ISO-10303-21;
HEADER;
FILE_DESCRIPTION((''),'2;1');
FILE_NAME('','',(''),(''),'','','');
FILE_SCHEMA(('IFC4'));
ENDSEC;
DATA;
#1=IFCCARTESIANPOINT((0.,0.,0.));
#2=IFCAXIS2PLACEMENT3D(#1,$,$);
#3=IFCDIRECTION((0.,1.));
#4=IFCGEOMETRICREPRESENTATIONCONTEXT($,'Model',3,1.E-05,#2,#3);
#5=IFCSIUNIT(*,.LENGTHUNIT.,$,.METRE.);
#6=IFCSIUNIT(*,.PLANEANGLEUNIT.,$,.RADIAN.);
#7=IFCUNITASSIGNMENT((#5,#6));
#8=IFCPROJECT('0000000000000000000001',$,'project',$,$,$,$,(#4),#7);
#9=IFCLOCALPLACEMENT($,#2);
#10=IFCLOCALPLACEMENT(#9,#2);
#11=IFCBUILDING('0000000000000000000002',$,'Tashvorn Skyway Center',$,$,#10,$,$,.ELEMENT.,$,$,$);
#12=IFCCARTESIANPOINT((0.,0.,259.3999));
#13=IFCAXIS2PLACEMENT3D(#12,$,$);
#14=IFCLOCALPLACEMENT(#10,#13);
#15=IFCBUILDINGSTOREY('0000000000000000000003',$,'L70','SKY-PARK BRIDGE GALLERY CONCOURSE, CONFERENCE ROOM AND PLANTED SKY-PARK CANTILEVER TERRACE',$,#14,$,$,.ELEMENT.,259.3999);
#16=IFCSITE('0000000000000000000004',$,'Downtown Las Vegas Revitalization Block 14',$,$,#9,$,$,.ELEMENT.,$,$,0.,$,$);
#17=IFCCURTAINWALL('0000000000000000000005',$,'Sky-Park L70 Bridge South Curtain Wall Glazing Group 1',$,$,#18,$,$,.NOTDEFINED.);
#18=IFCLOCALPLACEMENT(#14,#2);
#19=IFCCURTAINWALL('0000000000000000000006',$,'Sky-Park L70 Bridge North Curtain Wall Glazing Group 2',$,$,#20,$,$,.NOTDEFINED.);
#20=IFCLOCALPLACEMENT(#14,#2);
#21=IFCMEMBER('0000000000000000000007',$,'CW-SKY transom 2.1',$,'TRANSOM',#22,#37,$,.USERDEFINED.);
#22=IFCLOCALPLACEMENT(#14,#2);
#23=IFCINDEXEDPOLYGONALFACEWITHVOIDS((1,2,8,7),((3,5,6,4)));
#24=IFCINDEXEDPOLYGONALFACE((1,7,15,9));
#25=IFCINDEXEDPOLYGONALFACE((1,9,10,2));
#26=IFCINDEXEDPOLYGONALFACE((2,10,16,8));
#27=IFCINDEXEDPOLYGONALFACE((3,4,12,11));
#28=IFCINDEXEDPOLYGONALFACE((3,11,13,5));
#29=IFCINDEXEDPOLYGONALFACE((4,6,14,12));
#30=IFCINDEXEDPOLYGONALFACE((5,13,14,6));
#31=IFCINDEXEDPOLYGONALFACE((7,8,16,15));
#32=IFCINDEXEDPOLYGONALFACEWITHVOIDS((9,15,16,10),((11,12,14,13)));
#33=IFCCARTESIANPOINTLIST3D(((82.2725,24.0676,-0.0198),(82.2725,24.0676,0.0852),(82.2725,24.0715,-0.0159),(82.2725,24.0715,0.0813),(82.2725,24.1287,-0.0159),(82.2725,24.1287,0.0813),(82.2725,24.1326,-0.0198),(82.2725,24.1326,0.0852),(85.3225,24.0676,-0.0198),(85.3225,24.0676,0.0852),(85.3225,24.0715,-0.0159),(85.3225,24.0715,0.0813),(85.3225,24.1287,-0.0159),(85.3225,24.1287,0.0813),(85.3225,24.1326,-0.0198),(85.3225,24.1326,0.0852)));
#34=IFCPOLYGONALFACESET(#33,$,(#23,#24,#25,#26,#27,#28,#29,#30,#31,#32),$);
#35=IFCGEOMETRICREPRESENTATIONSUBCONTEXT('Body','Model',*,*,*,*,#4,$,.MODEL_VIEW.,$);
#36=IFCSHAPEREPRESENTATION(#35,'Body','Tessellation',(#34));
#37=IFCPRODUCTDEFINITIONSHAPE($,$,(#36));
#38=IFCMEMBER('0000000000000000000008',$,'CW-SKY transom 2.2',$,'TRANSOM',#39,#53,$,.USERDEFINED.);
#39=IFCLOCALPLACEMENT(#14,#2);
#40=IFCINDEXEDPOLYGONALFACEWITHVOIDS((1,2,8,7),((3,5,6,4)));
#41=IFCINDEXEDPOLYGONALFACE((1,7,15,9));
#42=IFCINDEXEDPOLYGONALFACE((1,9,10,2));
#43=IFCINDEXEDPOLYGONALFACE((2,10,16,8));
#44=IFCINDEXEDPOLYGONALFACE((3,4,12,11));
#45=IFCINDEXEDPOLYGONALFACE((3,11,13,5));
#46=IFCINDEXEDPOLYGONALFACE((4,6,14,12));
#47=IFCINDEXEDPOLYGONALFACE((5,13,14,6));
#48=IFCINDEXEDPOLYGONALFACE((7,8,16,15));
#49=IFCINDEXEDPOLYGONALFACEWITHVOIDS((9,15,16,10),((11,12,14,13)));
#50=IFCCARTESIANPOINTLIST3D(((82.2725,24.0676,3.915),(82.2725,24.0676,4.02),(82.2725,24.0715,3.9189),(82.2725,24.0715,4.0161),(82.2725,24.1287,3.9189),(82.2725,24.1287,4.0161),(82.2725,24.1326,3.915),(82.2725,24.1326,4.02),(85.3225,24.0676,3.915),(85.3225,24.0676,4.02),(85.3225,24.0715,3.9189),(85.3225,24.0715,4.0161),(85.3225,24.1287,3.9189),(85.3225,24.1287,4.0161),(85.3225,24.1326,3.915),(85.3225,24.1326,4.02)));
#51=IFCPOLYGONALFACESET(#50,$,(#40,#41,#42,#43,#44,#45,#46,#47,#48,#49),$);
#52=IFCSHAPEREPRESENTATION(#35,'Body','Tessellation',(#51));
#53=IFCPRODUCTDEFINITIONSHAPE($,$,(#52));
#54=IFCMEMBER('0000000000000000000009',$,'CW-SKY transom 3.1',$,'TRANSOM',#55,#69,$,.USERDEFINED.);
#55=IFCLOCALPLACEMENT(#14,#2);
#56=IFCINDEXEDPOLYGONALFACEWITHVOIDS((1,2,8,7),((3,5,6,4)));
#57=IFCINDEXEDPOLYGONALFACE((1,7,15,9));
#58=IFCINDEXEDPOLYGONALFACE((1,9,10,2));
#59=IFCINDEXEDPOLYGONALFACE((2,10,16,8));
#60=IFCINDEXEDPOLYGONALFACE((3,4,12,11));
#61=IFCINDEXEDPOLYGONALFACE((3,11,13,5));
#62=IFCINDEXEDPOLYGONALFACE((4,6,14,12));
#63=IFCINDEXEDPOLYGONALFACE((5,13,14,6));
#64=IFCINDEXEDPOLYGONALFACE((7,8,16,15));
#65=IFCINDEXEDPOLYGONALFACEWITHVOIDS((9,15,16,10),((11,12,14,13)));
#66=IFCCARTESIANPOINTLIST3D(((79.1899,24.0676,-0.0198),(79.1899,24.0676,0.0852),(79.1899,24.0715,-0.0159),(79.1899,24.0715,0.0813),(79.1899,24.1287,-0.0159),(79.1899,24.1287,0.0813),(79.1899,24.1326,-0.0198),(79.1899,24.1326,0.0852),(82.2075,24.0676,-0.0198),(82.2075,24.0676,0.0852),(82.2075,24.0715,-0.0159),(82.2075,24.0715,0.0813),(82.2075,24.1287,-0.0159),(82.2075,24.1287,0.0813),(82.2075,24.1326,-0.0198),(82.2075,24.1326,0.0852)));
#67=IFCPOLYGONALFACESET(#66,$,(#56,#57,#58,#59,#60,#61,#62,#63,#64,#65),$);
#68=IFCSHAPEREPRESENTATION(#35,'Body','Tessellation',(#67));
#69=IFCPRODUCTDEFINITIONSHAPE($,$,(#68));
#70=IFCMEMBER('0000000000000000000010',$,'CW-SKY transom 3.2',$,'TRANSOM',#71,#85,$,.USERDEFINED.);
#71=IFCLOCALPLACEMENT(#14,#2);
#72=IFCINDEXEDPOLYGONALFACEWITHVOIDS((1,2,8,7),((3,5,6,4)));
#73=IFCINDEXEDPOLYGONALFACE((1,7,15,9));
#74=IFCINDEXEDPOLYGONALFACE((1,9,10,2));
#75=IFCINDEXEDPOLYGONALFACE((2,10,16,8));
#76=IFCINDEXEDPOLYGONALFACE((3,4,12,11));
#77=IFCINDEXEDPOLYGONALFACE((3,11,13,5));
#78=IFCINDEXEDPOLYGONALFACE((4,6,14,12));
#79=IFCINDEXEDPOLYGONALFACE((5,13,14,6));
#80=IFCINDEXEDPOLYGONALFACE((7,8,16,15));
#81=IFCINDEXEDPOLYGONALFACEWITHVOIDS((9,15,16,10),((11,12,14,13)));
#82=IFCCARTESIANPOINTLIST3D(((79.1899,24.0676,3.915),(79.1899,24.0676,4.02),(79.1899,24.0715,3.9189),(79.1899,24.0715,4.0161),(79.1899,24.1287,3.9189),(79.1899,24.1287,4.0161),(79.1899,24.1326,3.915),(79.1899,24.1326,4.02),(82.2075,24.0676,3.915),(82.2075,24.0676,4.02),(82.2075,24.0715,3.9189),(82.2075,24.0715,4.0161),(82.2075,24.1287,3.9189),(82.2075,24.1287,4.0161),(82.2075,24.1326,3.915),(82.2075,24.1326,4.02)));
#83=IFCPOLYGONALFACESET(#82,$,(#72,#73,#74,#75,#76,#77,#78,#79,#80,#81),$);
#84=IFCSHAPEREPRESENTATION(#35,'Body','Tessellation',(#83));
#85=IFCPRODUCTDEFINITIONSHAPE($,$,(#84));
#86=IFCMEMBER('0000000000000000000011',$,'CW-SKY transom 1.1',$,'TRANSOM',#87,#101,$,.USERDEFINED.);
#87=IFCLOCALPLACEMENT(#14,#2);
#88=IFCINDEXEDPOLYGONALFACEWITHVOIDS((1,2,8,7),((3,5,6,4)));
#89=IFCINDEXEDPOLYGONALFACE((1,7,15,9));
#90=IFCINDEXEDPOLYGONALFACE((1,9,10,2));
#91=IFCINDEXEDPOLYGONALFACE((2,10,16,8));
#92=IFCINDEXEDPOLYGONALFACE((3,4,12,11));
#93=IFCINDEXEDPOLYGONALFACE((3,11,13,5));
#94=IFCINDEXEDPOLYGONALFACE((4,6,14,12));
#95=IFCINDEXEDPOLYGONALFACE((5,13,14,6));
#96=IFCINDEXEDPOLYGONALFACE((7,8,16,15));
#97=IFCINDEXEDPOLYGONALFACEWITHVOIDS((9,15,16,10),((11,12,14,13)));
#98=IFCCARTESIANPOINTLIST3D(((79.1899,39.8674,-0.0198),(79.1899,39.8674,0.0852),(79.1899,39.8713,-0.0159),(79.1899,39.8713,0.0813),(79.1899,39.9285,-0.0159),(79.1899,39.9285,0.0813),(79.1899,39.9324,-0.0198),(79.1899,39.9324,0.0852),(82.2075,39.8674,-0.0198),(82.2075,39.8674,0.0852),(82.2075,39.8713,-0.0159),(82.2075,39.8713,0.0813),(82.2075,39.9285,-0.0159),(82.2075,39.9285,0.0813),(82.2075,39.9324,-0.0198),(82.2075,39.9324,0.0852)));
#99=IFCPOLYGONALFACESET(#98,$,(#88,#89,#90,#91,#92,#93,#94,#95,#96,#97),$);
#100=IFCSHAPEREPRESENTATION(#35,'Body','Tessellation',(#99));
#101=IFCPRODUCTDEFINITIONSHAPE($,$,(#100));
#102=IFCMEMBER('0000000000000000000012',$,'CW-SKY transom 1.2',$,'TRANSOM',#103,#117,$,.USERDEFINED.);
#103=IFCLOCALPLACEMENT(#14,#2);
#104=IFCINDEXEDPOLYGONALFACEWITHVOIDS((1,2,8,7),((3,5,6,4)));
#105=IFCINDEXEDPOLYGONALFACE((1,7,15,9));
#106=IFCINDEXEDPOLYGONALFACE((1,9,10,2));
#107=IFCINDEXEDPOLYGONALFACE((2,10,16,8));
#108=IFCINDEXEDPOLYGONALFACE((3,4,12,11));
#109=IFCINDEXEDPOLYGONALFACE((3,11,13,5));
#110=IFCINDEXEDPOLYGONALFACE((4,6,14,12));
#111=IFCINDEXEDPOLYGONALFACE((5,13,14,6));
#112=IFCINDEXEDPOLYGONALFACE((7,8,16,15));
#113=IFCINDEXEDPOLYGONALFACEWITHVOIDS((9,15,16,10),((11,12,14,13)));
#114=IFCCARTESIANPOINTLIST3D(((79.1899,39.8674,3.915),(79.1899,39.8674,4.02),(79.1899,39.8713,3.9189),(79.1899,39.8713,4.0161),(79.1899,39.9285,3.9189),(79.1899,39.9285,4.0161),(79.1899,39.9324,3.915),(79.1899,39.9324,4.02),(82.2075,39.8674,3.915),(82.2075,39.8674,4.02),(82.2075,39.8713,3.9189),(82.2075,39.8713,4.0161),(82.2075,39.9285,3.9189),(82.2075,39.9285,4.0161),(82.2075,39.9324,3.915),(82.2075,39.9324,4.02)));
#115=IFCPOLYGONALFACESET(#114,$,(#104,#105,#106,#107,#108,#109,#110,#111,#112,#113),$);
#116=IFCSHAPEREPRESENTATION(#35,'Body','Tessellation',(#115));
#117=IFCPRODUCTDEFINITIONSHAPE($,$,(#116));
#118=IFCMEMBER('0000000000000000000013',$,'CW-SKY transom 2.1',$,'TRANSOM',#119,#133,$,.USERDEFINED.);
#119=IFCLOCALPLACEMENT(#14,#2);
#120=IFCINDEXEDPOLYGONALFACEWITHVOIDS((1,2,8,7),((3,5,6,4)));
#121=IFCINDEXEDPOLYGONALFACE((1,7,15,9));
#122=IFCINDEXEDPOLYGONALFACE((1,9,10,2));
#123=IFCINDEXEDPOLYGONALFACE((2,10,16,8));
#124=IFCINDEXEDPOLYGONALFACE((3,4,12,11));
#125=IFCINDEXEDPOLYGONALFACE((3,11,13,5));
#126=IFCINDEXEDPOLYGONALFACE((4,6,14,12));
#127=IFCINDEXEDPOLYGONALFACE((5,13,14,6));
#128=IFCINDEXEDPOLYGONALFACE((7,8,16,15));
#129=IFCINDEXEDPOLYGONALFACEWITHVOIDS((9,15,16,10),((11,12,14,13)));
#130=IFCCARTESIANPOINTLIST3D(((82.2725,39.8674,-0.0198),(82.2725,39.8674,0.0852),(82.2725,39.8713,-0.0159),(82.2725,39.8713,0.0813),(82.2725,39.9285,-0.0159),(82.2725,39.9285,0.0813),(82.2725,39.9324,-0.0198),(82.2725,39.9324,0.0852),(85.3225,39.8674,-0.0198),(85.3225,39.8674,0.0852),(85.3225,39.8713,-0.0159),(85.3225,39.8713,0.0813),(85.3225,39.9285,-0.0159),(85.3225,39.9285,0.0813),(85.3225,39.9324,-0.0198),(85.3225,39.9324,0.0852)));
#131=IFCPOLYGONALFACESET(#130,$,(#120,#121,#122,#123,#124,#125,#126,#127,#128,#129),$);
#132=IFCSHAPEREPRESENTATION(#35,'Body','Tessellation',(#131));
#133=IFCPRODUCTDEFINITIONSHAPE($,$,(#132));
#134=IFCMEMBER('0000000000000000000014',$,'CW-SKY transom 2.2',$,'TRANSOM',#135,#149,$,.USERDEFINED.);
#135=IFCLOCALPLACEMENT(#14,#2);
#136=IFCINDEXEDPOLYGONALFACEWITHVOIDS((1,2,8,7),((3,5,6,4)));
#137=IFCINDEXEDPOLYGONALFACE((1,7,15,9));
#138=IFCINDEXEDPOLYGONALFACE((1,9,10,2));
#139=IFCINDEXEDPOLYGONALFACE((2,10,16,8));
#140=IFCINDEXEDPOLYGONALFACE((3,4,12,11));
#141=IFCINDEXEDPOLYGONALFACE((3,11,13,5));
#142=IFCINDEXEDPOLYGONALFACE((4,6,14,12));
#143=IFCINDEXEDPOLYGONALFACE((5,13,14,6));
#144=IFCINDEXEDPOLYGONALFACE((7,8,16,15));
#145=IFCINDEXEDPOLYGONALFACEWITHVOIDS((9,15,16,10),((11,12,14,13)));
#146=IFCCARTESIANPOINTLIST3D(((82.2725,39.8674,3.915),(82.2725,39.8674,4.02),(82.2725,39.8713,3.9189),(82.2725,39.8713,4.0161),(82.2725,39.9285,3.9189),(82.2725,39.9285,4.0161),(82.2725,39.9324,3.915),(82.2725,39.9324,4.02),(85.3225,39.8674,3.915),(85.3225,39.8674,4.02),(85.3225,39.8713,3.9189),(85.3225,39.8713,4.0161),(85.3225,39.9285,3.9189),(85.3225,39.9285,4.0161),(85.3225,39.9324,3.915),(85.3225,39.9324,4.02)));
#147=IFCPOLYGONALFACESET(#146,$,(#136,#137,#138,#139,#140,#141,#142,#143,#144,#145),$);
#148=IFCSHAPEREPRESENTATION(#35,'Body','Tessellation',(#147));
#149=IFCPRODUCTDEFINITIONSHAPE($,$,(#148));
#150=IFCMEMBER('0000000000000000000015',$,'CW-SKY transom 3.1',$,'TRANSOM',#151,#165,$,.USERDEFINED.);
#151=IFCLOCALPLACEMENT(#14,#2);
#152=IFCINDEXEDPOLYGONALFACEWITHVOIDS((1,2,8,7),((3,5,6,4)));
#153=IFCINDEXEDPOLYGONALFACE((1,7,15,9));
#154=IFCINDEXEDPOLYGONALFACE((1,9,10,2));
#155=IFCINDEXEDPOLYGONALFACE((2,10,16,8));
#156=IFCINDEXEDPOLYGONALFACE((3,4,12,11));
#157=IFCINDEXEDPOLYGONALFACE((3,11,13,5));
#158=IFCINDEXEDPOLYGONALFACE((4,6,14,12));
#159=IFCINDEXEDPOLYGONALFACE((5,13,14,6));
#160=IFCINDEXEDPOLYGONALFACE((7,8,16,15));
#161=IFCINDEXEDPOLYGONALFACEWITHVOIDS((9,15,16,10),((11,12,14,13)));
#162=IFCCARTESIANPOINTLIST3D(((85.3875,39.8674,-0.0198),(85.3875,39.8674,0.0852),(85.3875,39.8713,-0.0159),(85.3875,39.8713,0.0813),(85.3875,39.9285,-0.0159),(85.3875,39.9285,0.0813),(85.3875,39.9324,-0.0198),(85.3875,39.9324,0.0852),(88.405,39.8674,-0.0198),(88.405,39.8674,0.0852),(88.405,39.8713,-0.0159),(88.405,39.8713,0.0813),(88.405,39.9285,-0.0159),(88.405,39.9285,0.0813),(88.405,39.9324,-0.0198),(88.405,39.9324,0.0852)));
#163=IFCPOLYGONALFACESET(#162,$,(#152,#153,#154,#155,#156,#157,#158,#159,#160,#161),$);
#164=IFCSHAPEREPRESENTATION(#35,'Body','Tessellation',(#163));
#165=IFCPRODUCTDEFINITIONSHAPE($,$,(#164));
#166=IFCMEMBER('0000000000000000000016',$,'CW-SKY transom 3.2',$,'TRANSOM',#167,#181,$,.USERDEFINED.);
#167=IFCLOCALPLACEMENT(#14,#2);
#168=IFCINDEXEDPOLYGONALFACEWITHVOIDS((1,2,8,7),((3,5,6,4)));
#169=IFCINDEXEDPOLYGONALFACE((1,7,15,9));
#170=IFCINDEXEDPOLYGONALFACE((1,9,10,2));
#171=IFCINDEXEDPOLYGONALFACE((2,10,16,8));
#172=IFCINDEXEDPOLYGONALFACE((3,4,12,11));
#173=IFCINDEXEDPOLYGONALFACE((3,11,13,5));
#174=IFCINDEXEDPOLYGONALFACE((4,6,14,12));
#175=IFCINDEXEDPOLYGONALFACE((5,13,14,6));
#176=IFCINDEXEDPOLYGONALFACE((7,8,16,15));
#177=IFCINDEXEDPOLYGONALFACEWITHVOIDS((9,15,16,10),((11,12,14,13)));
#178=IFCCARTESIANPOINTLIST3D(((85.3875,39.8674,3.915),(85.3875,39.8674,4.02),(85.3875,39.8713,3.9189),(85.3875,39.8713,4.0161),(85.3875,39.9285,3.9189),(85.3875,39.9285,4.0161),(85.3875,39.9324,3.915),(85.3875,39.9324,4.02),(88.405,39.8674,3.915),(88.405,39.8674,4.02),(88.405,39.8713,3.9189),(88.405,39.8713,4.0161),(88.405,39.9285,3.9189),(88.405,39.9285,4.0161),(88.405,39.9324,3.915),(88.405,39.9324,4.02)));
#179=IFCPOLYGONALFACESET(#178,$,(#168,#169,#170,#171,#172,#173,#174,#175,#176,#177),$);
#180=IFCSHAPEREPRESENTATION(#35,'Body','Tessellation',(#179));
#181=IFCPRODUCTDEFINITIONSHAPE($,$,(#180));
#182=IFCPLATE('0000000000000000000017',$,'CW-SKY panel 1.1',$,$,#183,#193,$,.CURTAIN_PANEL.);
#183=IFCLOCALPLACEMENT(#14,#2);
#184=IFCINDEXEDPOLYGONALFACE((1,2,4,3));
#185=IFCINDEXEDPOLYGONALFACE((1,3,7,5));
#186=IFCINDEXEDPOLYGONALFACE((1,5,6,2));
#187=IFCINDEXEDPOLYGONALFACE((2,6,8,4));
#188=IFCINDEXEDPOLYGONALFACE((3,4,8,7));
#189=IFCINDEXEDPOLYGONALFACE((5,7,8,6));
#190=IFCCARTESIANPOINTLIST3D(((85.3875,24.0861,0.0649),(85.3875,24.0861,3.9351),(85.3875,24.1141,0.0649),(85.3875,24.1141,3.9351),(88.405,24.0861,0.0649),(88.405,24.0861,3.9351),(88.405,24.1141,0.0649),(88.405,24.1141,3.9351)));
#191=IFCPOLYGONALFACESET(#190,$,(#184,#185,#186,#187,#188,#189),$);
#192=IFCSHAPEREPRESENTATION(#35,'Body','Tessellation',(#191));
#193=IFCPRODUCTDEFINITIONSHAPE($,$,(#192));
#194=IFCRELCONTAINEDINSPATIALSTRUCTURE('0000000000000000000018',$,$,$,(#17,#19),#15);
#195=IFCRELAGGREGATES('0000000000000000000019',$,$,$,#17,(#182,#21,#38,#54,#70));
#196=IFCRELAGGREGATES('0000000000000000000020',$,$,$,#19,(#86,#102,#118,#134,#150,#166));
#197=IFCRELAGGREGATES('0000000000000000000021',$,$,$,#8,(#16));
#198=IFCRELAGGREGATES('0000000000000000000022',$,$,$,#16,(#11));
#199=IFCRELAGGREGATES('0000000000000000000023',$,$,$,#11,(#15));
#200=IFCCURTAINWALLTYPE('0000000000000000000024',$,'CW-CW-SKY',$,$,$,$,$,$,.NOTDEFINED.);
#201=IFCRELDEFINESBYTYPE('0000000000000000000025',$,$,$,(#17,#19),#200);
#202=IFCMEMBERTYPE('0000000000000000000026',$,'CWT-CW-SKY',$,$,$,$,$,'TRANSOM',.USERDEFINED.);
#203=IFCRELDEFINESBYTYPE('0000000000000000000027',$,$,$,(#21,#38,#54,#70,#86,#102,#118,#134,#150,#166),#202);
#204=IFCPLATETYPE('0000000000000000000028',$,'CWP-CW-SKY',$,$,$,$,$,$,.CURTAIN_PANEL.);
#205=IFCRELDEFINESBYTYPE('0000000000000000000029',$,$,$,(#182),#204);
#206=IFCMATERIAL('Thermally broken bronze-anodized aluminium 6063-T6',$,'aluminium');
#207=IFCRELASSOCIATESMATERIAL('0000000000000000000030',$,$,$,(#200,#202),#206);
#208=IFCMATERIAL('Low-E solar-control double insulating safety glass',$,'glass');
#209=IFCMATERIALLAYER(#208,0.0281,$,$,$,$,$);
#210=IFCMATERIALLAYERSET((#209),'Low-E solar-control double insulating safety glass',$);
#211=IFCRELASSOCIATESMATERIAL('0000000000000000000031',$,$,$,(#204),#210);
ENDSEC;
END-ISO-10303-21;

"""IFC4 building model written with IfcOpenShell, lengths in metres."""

from ifc_helpers import new_model, si_unit, direction, frame, origin, origin_2d, place, context, subcontext, project, spatial, rectangle, hollow_rectangle, extrude, material, layer, layer_set, material_profile, profile_set, type_object, element, aggregate, save


model = new_model("IFC4")

# Units and contexts
model_context = context("Model", 3, precision=1e-05, world=origin(), true_north=direction((0.0, 1.0)))
body_context = subcontext(model_context, "Body", "Model", "MODEL_VIEW")
ifc_project = project(units=[si_unit("LENGTHUNIT", "METRE"), si_unit("PLANEANGLEUNIT", "RADIAN")], contexts=[model_context])

# Site, building, storey
site_placement = place(None, origin())
site = spatial("IfcSite", under=ifc_project, at=site_placement, Name="Downtown Las Vegas Revitalization Block 14", CompositionType="ELEMENT", RefElevation=0.0)
building_placement = place(site_placement, origin())
building = spatial("IfcBuilding", under=site, at=building_placement, Name="Tashvorn Skyway Center", CompositionType="ELEMENT")
storey_placement = place(building_placement, frame((0.0, 0.0, 259.3999)))
storey = spatial("IfcBuildingStorey", under=building, at=storey_placement, Name="L70", Description="SKY-PARK BRIDGE GALLERY CONCOURSE, CONFERENCE ROOM AND PLANTED SKY-PARK CANTILEVER TERRACE", CompositionType="ELEMENT", Elevation=259.3999)

# Curtain walls
ifc_material_1 = material(Name="Thermally broken bronze-anodized aluminium 6063-T6", Category="aluminium")
curtain_wall_type = type_object("IfcCurtainWallType", Name="CW-CW-SKY", PredefinedType="NOTDEFINED", material=ifc_material_1)
curtain_wall_1_placement = place(storey_placement, origin())
curtain_wall_1 = element("IfcCurtainWall", 1, at=curtain_wall_1_placement, inside=storey, type_object=curtain_wall_type, Name="Sky-Park L70 Bridge South Curtain Wall Glazing Group 1", PredefinedType="NOTDEFINED")
curtain_wall_2_placement = place(storey_placement, origin())
curtain_wall_2 = element("IfcCurtainWall", 2, at=curtain_wall_2_placement, inside=storey, type_object=curtain_wall_type, Name="Sky-Park L70 Bridge North Curtain Wall Glazing Group 2", PredefinedType="NOTDEFINED")

# Members
ifc_material_profile_1 = material_profile(ifc_material_1, hollow_rectangle(XDim=0.0649, YDim=0.105, WallThickness=0.0039, at=origin_2d()), Name="ALU-TRAN-65x105")
ifc_profile_set_1 = profile_set([ifc_material_profile_1], Name="Thermally broken bronze-anodized aluminium 6063-T6")
member_type_1 = type_object("IfcMemberType", Name="CWT-CW-SKY", ElementType="TRANSOM", PredefinedType="USERDEFINED", material=ifc_profile_set_1)
member_1_placement = place(storey_placement, frame((85.3225, 24.1001, 0.0327), z_axis=(-1.0, 0.0, 0.0), x_axis=(0.0, -1.0, 0.0)))
member_1 = element("IfcMember", 3, at=member_1_placement, type_object=member_type_1, Name="CW-SKY transom 2.1", ObjectType="TRANSOM", PredefinedType="USERDEFINED", context=body_context, shape_type="SweptSolid", body=[
    extrude(hollow_rectangle(XDim=0.0649, YDim=0.105, WallThickness=0.0039, at=origin_2d()), origin(), (0.0, 0.0, 1.0), 3.05),
])
member_2_placement = place(storey_placement, frame((85.3225, 24.1001, 3.9675), z_axis=(-1.0, 0.0, 0.0), x_axis=(0.0, -1.0, 0.0)))
member_2 = element("IfcMember", 4, at=member_2_placement, type_object=member_type_1, Name="CW-SKY transom 2.2", ObjectType="TRANSOM", PredefinedType="USERDEFINED", context=body_context, shape_type="SweptSolid", body=[
    extrude(hollow_rectangle(XDim=0.0649, YDim=0.105, WallThickness=0.0039, at=origin_2d()), origin(), (0.0, 0.0, 1.0), 3.05),
])
member_3_placement = place(storey_placement, frame((82.2075, 24.1001, 0.0327), z_axis=(-1.0, 0.0, 0.0), x_axis=(0.0, -1.0, 0.0)))
member_3 = element("IfcMember", 5, at=member_3_placement, type_object=member_type_1, Name="CW-SKY transom 3.1", ObjectType="TRANSOM", PredefinedType="USERDEFINED", context=body_context, shape_type="SweptSolid", body=[
    extrude(hollow_rectangle(XDim=0.0649, YDim=0.105, WallThickness=0.0039, at=origin_2d()), origin(), (0.0, 0.0, 1.0), 3.0176),
])
member_4_placement = place(storey_placement, frame((82.2075, 24.1001, 3.9675), z_axis=(-1.0, 0.0, 0.0), x_axis=(0.0, -1.0, 0.0)))
member_4 = element("IfcMember", 6, at=member_4_placement, type_object=member_type_1, Name="CW-SKY transom 3.2", ObjectType="TRANSOM", PredefinedType="USERDEFINED", context=body_context, shape_type="SweptSolid", body=[
    extrude(hollow_rectangle(XDim=0.0649, YDim=0.105, WallThickness=0.0039, at=origin_2d()), origin(), (0.0, 0.0, 1.0), 3.0176),
])
member_5_placement = place(storey_placement, frame((79.1899, 39.8999, 0.0327), z_axis=(1.0, 0.0, 0.0), x_axis=(0.0, 1.0, 0.0)))
member_5 = element("IfcMember", 7, at=member_5_placement, type_object=member_type_1, Name="CW-SKY transom 1.1", ObjectType="TRANSOM", PredefinedType="USERDEFINED", context=body_context, shape_type="SweptSolid", body=[
    extrude(hollow_rectangle(XDim=0.0649, YDim=0.105, WallThickness=0.0039, at=origin_2d()), origin(), (0.0, 0.0, 1.0), 3.0176),
])
member_6_placement = place(storey_placement, frame((79.1899, 39.8999, 3.9675), z_axis=(1.0, 0.0, 0.0), x_axis=(0.0, 1.0, 0.0)))
member_6 = element("IfcMember", 8, at=member_6_placement, type_object=member_type_1, Name="CW-SKY transom 1.2", ObjectType="TRANSOM", PredefinedType="USERDEFINED", context=body_context, shape_type="SweptSolid", body=[
    extrude(hollow_rectangle(XDim=0.0649, YDim=0.105, WallThickness=0.0039, at=origin_2d()), origin(), (0.0, 0.0, 1.0), 3.0176),
])
member_7_placement = place(storey_placement, frame((82.2725, 39.8999, 0.0327), z_axis=(1.0, 0.0, 0.0), x_axis=(0.0, 1.0, 0.0)))
member_7 = element("IfcMember", 9, at=member_7_placement, type_object=member_type_1, Name="CW-SKY transom 2.1", ObjectType="TRANSOM", PredefinedType="USERDEFINED", context=body_context, shape_type="SweptSolid", body=[
    extrude(hollow_rectangle(XDim=0.0649, YDim=0.105, WallThickness=0.0039, at=origin_2d()), origin(), (0.0, 0.0, 1.0), 3.05),
])
member_8_placement = place(storey_placement, frame((82.2725, 39.8999, 3.9675), z_axis=(1.0, 0.0, 0.0), x_axis=(0.0, 1.0, 0.0)))
member_8 = element("IfcMember", 10, at=member_8_placement, type_object=member_type_1, Name="CW-SKY transom 2.2", ObjectType="TRANSOM", PredefinedType="USERDEFINED", context=body_context, shape_type="SweptSolid", body=[
    extrude(hollow_rectangle(XDim=0.0649, YDim=0.105, WallThickness=0.0039, at=origin_2d()), origin(), (0.0, 0.0, 1.0), 3.05),
])
member_9_placement = place(storey_placement, frame((85.3875, 39.8999, 0.0327), z_axis=(1.0, 0.0, 0.0), x_axis=(0.0, 1.0, 0.0)))
member_9 = element("IfcMember", 11, at=member_9_placement, type_object=member_type_1, Name="CW-SKY transom 3.1", ObjectType="TRANSOM", PredefinedType="USERDEFINED", context=body_context, shape_type="SweptSolid", body=[
    extrude(hollow_rectangle(XDim=0.0649, YDim=0.105, WallThickness=0.0039, at=origin_2d()), origin(), (0.0, 0.0, 1.0), 3.0176),
])
member_10_placement = place(storey_placement, frame((85.3875, 39.8999, 3.9675), z_axis=(1.0, 0.0, 0.0), x_axis=(0.0, 1.0, 0.0)))
member_10 = element("IfcMember", 12, at=member_10_placement, type_object=member_type_1, Name="CW-SKY transom 3.2", ObjectType="TRANSOM", PredefinedType="USERDEFINED", context=body_context, shape_type="SweptSolid", body=[
    extrude(hollow_rectangle(XDim=0.0649, YDim=0.105, WallThickness=0.0039, at=origin_2d()), origin(), (0.0, 0.0, 1.0), 3.0176),
])

# Plate
ifc_material_2 = material(Name="Low-E solar-control double insulating safety glass", Category="glass")
ifc_layer_1 = layer(ifc_material_2, 0.0281)
ifc_layer_set_1 = layer_set([ifc_layer_1], Name="Low-E solar-control double insulating safety glass")
plate_type = type_object("IfcPlateType", Name="CWP-CW-SKY", PredefinedType="CURTAIN_PANEL", material=ifc_layer_set_1)
plate_1_placement = place(storey_placement, frame((86.8962, 24.1001, 0.0649), z_axis=(0.0, 0.0, 1.0), x_axis=(-1.0, 0.0, 0.0)))
plate_1 = element("IfcPlate", 13, at=plate_1_placement, type_object=plate_type, Name="CW-SKY panel 1.1", PredefinedType="CURTAIN_PANEL", context=body_context, shape_type="SweptSolid", body=[
    extrude(rectangle(XDim=3.0176, YDim=0.0281, at=origin_2d()), origin(), (0.0, 0.0, 1.0), 3.8701),
])
aggregate(curtain_wall_1, [plate_1, member_1, member_2, member_3, member_4])
aggregate(curtain_wall_2, [member_5, member_6, member_7, member_8, member_9, member_10])

save(model, "model.ifc")
